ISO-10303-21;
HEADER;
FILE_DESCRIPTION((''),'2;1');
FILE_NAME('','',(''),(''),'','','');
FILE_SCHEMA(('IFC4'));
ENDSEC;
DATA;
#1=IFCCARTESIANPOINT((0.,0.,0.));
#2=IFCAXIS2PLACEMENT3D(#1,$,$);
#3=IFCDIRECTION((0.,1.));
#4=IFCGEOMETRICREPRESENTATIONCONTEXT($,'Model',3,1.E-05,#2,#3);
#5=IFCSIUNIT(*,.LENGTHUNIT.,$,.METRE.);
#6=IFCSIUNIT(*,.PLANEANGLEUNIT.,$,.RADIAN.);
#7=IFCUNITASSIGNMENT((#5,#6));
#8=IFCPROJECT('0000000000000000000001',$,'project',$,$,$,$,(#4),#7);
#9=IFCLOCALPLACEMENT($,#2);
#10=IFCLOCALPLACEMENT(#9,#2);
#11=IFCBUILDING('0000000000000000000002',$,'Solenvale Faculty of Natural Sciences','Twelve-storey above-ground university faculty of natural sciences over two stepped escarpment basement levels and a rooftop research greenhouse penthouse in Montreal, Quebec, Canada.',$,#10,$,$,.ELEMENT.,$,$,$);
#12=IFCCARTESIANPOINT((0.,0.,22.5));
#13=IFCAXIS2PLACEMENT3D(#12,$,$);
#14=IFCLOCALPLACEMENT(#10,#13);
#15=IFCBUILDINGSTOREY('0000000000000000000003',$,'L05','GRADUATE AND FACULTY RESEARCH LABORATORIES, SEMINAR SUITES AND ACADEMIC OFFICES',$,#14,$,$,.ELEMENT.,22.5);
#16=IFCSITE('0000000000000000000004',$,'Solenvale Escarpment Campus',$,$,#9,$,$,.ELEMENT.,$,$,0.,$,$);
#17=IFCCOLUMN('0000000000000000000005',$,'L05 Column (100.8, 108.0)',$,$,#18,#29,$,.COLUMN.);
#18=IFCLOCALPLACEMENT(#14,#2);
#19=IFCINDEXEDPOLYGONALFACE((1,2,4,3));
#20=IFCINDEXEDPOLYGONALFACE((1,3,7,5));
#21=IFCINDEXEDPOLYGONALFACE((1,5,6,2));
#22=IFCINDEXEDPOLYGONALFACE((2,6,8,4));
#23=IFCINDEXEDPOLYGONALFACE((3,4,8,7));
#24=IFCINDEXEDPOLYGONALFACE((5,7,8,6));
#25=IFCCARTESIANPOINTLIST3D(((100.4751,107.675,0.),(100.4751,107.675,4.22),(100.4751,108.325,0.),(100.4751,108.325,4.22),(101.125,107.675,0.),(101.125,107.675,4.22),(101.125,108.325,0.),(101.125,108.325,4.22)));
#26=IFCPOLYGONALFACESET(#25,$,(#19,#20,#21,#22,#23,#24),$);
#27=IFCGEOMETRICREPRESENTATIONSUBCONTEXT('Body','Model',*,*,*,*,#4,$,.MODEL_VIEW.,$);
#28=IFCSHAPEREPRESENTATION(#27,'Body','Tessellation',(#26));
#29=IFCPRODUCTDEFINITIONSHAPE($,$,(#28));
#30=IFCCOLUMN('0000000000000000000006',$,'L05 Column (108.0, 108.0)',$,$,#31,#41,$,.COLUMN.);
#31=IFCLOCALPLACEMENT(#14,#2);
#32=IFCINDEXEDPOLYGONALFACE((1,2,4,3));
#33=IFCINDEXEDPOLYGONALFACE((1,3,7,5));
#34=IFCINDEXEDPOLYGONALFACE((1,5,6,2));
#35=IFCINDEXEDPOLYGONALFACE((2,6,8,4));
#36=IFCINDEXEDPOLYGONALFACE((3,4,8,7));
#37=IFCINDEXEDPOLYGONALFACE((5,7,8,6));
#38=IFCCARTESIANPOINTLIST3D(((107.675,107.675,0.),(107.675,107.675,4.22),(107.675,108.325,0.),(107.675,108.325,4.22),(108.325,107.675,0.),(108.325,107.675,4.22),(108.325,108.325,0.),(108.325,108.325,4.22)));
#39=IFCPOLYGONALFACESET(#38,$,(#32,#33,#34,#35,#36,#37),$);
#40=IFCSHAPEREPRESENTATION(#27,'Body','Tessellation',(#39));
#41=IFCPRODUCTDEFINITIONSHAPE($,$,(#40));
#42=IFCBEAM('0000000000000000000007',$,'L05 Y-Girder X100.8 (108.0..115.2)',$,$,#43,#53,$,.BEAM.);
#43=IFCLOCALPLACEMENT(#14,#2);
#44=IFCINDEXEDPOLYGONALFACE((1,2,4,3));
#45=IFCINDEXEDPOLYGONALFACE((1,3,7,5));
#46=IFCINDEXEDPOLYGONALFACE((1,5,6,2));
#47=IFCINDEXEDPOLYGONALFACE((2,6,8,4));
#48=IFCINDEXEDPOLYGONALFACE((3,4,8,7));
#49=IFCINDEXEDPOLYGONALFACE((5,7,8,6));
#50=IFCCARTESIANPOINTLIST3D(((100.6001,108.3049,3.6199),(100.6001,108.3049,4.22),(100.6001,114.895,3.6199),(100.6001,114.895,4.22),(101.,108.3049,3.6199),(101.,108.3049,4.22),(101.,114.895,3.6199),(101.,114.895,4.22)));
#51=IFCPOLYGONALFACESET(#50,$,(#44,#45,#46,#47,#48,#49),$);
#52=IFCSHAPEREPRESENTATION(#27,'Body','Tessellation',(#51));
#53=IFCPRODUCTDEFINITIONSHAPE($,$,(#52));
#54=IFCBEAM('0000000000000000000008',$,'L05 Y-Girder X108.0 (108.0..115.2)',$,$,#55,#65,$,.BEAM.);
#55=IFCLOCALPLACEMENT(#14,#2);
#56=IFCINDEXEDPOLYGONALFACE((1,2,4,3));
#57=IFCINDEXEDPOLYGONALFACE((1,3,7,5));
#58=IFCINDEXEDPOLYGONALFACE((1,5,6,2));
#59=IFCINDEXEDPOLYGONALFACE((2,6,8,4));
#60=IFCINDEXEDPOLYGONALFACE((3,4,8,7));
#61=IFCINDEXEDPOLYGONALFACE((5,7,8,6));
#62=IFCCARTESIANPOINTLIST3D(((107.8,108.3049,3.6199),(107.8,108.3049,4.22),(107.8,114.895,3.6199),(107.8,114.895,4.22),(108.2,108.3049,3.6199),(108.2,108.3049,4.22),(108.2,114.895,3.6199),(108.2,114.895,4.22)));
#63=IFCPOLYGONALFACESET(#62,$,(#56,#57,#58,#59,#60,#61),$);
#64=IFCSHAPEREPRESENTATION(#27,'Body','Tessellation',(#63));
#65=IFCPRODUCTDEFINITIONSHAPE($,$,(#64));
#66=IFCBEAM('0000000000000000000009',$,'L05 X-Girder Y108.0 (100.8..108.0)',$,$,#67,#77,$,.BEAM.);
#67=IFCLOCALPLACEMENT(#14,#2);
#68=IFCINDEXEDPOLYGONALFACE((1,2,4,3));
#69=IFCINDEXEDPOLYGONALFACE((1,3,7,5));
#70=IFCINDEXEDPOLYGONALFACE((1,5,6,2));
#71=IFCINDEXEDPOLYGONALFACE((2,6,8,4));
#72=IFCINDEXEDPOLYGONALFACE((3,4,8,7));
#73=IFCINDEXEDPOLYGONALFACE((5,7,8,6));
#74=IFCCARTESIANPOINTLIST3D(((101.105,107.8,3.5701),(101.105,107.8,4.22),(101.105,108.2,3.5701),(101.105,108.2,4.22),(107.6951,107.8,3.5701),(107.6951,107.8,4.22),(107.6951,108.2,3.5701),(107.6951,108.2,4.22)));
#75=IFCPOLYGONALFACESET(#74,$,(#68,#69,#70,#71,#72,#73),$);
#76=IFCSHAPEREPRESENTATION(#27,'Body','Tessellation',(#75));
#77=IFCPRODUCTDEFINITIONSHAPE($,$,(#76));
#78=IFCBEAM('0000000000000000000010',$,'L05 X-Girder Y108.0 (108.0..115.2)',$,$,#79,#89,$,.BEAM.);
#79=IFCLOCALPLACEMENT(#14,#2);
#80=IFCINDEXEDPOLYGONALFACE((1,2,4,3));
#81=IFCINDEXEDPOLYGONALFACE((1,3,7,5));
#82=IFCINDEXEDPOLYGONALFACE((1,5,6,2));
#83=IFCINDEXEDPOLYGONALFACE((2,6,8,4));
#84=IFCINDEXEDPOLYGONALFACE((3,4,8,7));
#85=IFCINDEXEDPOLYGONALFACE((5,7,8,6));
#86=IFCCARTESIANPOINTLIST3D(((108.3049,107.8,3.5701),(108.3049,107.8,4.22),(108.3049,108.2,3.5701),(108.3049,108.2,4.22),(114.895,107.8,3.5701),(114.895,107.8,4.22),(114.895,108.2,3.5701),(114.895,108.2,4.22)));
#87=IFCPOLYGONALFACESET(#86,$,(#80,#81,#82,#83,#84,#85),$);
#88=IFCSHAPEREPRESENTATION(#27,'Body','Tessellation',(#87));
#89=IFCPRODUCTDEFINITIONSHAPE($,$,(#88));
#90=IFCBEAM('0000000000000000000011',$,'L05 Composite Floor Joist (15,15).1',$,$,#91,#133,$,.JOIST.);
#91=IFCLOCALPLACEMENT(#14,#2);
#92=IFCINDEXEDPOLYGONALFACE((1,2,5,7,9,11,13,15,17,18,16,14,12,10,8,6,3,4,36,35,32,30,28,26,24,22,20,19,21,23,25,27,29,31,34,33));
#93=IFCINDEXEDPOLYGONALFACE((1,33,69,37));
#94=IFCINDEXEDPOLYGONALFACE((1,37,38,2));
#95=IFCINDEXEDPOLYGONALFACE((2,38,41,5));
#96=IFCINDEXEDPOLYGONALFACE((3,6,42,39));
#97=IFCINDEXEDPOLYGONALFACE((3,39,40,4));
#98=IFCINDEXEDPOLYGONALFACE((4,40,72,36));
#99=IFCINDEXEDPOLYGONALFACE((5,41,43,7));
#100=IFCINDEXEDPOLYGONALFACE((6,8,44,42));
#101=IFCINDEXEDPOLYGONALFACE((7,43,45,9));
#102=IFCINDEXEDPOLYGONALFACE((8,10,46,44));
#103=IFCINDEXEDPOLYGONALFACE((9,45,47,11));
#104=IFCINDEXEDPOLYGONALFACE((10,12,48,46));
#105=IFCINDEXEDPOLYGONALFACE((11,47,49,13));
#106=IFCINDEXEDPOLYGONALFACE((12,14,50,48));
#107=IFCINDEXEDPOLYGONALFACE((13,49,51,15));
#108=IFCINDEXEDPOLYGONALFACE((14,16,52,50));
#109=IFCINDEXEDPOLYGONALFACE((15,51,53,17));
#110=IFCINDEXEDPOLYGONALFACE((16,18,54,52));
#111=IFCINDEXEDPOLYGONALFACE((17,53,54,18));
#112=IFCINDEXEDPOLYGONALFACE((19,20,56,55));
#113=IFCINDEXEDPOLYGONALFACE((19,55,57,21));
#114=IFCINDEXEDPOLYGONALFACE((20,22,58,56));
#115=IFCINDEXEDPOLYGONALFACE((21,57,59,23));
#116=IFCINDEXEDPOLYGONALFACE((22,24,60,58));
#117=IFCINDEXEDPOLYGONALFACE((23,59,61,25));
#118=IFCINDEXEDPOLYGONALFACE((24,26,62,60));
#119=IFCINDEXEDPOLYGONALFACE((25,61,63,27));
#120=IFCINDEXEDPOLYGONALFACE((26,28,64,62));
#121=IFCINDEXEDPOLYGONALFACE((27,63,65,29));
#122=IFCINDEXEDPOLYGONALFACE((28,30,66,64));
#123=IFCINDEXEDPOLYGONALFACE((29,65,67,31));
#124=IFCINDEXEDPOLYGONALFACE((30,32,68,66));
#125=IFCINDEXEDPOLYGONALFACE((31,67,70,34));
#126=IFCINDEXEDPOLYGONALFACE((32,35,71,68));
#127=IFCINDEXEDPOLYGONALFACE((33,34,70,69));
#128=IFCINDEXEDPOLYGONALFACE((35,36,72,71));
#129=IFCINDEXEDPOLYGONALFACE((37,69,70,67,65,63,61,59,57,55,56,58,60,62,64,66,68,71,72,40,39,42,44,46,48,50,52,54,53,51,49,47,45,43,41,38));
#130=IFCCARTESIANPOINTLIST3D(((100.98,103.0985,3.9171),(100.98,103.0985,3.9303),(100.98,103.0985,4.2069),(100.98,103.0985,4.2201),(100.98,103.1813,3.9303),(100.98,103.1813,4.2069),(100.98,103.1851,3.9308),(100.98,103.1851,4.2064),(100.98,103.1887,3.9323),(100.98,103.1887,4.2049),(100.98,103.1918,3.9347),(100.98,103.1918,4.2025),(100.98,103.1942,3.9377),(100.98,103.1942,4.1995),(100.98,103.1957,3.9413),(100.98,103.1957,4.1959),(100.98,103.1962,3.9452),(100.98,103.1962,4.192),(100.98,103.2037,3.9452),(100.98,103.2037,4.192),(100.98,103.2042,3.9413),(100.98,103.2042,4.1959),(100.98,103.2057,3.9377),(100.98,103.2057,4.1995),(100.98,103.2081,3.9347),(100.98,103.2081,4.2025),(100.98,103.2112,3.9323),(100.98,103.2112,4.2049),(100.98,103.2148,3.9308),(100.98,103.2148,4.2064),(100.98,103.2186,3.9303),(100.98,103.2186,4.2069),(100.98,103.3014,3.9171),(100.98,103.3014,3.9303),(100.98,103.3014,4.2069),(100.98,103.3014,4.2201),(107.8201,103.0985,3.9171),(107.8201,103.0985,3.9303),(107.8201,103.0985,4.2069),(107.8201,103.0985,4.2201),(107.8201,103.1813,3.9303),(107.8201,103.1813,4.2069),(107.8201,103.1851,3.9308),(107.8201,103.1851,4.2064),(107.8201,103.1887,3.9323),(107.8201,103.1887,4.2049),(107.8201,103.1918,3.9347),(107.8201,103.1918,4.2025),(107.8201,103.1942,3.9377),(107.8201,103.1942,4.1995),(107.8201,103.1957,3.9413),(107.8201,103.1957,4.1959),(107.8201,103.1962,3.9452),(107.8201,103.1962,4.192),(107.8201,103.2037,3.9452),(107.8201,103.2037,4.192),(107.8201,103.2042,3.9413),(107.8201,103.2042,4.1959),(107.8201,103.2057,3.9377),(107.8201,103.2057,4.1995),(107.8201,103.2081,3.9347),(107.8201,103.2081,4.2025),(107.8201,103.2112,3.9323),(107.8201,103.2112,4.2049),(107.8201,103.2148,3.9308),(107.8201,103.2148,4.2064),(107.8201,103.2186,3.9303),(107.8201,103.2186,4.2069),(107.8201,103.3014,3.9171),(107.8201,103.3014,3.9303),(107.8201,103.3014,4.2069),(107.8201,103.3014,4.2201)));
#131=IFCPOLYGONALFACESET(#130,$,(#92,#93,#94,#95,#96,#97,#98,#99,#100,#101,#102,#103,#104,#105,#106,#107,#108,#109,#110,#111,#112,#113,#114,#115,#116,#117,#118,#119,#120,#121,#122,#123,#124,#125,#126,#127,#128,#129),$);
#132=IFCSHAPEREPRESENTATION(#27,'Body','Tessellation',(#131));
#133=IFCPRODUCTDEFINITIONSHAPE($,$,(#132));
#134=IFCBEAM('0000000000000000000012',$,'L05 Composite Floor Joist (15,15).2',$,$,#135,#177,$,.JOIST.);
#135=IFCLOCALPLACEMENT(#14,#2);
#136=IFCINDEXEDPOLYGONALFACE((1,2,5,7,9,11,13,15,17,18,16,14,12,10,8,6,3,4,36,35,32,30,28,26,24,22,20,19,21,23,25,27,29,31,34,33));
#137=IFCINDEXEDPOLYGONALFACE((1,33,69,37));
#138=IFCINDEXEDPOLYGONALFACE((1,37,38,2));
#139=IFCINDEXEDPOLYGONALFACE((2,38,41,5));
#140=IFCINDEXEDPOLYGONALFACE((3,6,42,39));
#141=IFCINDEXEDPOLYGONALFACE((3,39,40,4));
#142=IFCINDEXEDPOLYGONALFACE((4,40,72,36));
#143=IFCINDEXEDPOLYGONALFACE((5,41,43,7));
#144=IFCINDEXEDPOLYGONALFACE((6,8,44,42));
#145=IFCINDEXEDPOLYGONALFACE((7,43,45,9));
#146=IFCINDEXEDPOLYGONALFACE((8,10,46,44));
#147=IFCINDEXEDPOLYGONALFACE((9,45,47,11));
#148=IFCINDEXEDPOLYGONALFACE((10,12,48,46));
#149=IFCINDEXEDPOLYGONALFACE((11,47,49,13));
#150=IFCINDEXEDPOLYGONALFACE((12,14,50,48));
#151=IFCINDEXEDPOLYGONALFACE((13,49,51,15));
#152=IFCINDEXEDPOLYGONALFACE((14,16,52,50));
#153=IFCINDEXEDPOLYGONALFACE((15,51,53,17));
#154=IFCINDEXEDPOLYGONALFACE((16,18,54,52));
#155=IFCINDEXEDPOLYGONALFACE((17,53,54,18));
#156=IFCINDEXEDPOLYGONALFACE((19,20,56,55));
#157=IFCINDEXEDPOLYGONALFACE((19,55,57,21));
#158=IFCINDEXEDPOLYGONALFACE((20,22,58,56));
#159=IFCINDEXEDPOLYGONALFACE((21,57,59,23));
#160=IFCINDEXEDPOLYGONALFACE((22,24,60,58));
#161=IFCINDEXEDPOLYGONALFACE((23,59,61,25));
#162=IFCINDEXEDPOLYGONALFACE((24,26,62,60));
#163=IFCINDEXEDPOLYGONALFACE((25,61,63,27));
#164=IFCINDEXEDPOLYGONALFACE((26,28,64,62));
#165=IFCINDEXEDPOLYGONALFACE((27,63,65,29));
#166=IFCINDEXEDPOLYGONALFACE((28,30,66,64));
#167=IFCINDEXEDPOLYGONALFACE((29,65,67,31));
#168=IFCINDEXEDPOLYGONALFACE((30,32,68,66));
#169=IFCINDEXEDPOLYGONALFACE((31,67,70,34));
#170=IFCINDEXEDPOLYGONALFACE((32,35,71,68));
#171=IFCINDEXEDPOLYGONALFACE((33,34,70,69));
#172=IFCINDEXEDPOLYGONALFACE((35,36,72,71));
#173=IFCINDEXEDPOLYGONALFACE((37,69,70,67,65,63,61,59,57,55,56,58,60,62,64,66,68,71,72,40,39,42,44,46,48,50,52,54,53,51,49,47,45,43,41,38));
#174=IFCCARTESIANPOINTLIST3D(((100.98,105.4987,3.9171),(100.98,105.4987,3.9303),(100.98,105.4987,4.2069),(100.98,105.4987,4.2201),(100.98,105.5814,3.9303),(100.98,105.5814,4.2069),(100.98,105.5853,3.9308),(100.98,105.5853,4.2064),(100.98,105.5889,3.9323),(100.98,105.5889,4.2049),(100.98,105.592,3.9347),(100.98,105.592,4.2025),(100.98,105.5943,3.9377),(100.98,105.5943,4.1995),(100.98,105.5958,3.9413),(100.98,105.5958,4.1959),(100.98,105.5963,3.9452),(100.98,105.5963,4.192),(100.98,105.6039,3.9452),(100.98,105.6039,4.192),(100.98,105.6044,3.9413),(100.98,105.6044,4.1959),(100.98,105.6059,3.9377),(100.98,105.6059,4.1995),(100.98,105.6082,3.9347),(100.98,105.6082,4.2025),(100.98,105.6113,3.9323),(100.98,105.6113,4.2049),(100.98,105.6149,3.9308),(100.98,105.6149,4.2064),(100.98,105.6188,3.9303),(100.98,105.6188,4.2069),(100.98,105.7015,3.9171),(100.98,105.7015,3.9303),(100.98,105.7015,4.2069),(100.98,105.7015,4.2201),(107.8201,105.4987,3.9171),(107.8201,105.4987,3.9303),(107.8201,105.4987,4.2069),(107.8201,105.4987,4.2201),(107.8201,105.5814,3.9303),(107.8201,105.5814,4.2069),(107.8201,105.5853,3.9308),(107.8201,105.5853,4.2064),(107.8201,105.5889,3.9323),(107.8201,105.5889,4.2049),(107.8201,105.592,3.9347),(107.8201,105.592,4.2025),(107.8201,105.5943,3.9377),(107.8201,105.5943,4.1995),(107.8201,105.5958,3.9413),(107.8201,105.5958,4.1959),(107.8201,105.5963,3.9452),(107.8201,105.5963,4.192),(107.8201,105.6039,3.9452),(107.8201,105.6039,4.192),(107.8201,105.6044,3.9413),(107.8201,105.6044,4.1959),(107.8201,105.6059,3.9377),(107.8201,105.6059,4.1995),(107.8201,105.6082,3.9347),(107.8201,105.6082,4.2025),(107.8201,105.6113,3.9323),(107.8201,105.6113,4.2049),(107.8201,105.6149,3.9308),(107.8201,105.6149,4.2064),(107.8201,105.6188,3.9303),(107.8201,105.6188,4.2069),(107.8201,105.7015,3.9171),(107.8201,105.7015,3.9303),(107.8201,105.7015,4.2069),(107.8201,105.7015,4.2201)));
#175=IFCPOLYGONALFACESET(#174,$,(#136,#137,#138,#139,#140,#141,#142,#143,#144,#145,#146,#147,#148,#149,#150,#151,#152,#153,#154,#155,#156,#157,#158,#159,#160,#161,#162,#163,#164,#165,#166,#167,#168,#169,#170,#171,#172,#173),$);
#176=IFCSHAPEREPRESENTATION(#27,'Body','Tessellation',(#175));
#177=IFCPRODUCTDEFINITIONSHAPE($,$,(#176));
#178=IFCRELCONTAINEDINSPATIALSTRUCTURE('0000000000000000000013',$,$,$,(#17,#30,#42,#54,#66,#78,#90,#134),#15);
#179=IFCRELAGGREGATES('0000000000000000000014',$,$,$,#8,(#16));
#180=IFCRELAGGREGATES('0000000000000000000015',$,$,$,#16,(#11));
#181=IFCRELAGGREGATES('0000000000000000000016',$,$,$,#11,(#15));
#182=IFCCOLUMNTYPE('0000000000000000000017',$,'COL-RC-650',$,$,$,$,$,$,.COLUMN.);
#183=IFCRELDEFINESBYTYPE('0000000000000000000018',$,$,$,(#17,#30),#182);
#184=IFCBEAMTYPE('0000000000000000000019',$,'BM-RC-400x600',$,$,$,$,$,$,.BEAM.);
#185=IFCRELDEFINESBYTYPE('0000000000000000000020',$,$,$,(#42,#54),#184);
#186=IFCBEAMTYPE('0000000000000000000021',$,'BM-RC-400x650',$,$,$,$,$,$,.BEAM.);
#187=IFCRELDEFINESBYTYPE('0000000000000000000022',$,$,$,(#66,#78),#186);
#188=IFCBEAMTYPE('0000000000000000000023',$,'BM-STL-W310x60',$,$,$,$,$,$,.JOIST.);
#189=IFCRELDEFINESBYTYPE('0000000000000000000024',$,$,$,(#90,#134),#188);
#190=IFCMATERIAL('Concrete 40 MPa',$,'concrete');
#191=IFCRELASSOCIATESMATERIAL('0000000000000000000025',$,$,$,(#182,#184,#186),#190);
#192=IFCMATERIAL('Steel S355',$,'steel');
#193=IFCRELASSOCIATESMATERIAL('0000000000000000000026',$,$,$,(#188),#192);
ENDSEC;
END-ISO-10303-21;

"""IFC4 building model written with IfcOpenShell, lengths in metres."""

from ifc_helpers import new_model, si_unit, direction, frame, origin, origin_2d, place, context, subcontext, project, spatial, rectangle, i_section, extrude, material, material_profile, profile_set, type_object, element, save


model = new_model("IFC4")

# Units and contexts
model_context = context("Model", 3, precision=1e-05, world=origin(), true_north=direction((0.0, 1.0)))
body_context = subcontext(model_context, "Body", "Model", "MODEL_VIEW")
ifc_project = project(units=[si_unit("LENGTHUNIT", "METRE"), si_unit("PLANEANGLEUNIT", "RADIAN")], contexts=[model_context])

# Site, building, storey
site_placement = place(None, origin())
site = spatial("IfcSite", under=ifc_project, at=site_placement, Name="Solenvale Escarpment Campus", CompositionType="ELEMENT", RefElevation=0.0)
building_placement = place(site_placement, origin())
building = spatial("IfcBuilding", under=site, at=building_placement, Name="Solenvale Faculty of Natural Sciences", Description="Twelve-storey above-ground university faculty of natural sciences over two stepped escarpment basement levels and a rooftop research greenhouse penthouse in Montreal, Quebec, Canada.", CompositionType="ELEMENT")
storey_placement = place(building_placement, frame((0.0, 0.0, 22.5)))
storey = spatial("IfcBuildingStorey", under=building, at=storey_placement, Name="L05", Description="GRADUATE AND FACULTY RESEARCH LABORATORIES, SEMINAR SUITES AND ACADEMIC OFFICES", CompositionType="ELEMENT", Elevation=22.5)

# Columns
ifc_material_1 = material(Name="Concrete 40 MPa", Category="concrete")
ifc_material_profile_1 = material_profile(ifc_material_1, rectangle(XDim=0.6499, YDim=0.6499, at=origin_2d()), Name="RC-COL-650x650")
ifc_profile_set_1 = profile_set([ifc_material_profile_1], Name="Concrete 40 MPa")
column_type = type_object("IfcColumnType", Name="COL-RC-650", PredefinedType="COLUMN", material=ifc_profile_set_1)
for number, where, z_axis, x_axis, name in (
    (1, (100.8, 108.0, 0.0), (0.0, 0.0, 1.0), (1.0, 0.0, 0.0), "L05 Column (100.8, 108.0)"),
    (2, (108.0, 108.0, 0.0), (0.0, 0.0, 1.0), (1.0, 0.0, 0.0), "L05 Column (108.0, 108.0)"),
):
    element("IfcColumn", number, at=place(storey_placement, frame(where, z_axis=z_axis, x_axis=x_axis)), inside=storey, type_object=column_type, Name=name, PredefinedType="COLUMN", context=body_context, shape_type="SweptSolid", body=[
        extrude(rectangle(XDim=0.6499, YDim=0.6499, at=origin_2d()), origin(), (0.0, 0.0, 1.0), 4.22),
    ])

# Beams
ifc_material_profile_2 = material_profile(ifc_material_1, rectangle(XDim=0.3999, YDim=0.6001, at=origin_2d()), Name="RC-BM-400x600")
ifc_profile_set_2 = profile_set([ifc_material_profile_2], Name="Concrete 40 MPa")
beam_type_1 = type_object("IfcBeamType", Name="BM-RC-400x600", PredefinedType="BEAM", material=ifc_profile_set_2)
for number, where, z_axis, x_axis, name in (
    (3, (100.8, 108.3049, 3.9199), (0.0, 1.0, 0.0), (-1.0, 0.0, 0.0), "L05 Y-Girder X100.8 (108.0..115.2)"),
    (4, (108.0, 108.3049, 3.9199), (0.0, 1.0, 0.0), (-1.0, 0.0, 0.0), "L05 Y-Girder X108.0 (108.0..115.2)"),
):
    element("IfcBeam", number, at=place(storey_placement, frame(where, z_axis=z_axis, x_axis=x_axis)), inside=storey, type_object=beam_type_1, Name=name, PredefinedType="BEAM", context=body_context, shape_type="SweptSolid", body=[
        extrude(rectangle(XDim=0.3999, YDim=0.6001, at=origin_2d()), origin(), (0.0, 0.0, 1.0), 6.5901),
    ])
ifc_material_profile_3 = material_profile(ifc_material_1, rectangle(XDim=0.3999, YDim=0.6499, at=origin_2d()), Name="RC-BM-400x650")
ifc_profile_set_3 = profile_set([ifc_material_profile_3], Name="Concrete 40 MPa")
beam_type_2 = type_object("IfcBeamType", Name="BM-RC-400x650", PredefinedType="BEAM", material=ifc_profile_set_3)
for number, where, z_axis, x_axis, name in (
    (5, (101.105, 108.0, 3.895), (1.0, 0.0, 0.0), (0.0, 1.0, 0.0), "L05 X-Girder Y108.0 (100.8..108.0)"),
    (6, (108.3049, 108.0, 3.895), (1.0, 0.0, 0.0), (0.0, 1.0, 0.0), "L05 X-Girder Y108.0 (108.0..115.2)"),
):
    element("IfcBeam", number, at=place(storey_placement, frame(where, z_axis=z_axis, x_axis=x_axis)), inside=storey, type_object=beam_type_2, Name=name, PredefinedType="BEAM", context=body_context, shape_type="SweptSolid", body=[
        extrude(rectangle(XDim=0.3999, YDim=0.6499, at=origin_2d()), origin(), (0.0, 0.0, 1.0), 6.5901),
    ])
ifc_material_2 = material(Name="Steel S355", Category="steel")
ifc_material_profile_4 = material_profile(ifc_material_2, i_section(OverallWidth=0.2029, OverallDepth=0.303, WebThickness=0.0076, FlangeThickness=0.0132, FilletRadius=0.0149, at=origin_2d()), Name="W310x60")
ifc_profile_set_4 = profile_set([ifc_material_profile_4], Name="Steel S355")
beam_type_3 = type_object("IfcBeamType", Name="BM-STL-W310x60", PredefinedType="JOIST", material=ifc_profile_set_4)
for number, where, z_axis, x_axis, name in (
    (7, (100.98, 103.2, 4.0686), (1.0, 0.0, 0.0), (0.0, 1.0, 0.0), "L05 Composite Floor Joist (15,15).1"),
    (8, (100.98, 105.6001, 4.0686), (1.0, 0.0, 0.0), (0.0, 1.0, 0.0), "L05 Composite Floor Joist (15,15).2"),
):
    element("IfcBeam", number, at=place(storey_placement, frame(where, z_axis=z_axis, x_axis=x_axis)), inside=storey, type_object=beam_type_3, Name=name, PredefinedType="JOIST", context=body_context, shape_type="SweptSolid", body=[
        extrude(i_section(OverallWidth=0.2029, OverallDepth=0.303, WebThickness=0.0076, FlangeThickness=0.0132, FilletRadius=0.0149, at=origin_2d()), origin(), (0.0, 0.0, 1.0), 6.8401),
    ])

save(model, "model.ifc")
